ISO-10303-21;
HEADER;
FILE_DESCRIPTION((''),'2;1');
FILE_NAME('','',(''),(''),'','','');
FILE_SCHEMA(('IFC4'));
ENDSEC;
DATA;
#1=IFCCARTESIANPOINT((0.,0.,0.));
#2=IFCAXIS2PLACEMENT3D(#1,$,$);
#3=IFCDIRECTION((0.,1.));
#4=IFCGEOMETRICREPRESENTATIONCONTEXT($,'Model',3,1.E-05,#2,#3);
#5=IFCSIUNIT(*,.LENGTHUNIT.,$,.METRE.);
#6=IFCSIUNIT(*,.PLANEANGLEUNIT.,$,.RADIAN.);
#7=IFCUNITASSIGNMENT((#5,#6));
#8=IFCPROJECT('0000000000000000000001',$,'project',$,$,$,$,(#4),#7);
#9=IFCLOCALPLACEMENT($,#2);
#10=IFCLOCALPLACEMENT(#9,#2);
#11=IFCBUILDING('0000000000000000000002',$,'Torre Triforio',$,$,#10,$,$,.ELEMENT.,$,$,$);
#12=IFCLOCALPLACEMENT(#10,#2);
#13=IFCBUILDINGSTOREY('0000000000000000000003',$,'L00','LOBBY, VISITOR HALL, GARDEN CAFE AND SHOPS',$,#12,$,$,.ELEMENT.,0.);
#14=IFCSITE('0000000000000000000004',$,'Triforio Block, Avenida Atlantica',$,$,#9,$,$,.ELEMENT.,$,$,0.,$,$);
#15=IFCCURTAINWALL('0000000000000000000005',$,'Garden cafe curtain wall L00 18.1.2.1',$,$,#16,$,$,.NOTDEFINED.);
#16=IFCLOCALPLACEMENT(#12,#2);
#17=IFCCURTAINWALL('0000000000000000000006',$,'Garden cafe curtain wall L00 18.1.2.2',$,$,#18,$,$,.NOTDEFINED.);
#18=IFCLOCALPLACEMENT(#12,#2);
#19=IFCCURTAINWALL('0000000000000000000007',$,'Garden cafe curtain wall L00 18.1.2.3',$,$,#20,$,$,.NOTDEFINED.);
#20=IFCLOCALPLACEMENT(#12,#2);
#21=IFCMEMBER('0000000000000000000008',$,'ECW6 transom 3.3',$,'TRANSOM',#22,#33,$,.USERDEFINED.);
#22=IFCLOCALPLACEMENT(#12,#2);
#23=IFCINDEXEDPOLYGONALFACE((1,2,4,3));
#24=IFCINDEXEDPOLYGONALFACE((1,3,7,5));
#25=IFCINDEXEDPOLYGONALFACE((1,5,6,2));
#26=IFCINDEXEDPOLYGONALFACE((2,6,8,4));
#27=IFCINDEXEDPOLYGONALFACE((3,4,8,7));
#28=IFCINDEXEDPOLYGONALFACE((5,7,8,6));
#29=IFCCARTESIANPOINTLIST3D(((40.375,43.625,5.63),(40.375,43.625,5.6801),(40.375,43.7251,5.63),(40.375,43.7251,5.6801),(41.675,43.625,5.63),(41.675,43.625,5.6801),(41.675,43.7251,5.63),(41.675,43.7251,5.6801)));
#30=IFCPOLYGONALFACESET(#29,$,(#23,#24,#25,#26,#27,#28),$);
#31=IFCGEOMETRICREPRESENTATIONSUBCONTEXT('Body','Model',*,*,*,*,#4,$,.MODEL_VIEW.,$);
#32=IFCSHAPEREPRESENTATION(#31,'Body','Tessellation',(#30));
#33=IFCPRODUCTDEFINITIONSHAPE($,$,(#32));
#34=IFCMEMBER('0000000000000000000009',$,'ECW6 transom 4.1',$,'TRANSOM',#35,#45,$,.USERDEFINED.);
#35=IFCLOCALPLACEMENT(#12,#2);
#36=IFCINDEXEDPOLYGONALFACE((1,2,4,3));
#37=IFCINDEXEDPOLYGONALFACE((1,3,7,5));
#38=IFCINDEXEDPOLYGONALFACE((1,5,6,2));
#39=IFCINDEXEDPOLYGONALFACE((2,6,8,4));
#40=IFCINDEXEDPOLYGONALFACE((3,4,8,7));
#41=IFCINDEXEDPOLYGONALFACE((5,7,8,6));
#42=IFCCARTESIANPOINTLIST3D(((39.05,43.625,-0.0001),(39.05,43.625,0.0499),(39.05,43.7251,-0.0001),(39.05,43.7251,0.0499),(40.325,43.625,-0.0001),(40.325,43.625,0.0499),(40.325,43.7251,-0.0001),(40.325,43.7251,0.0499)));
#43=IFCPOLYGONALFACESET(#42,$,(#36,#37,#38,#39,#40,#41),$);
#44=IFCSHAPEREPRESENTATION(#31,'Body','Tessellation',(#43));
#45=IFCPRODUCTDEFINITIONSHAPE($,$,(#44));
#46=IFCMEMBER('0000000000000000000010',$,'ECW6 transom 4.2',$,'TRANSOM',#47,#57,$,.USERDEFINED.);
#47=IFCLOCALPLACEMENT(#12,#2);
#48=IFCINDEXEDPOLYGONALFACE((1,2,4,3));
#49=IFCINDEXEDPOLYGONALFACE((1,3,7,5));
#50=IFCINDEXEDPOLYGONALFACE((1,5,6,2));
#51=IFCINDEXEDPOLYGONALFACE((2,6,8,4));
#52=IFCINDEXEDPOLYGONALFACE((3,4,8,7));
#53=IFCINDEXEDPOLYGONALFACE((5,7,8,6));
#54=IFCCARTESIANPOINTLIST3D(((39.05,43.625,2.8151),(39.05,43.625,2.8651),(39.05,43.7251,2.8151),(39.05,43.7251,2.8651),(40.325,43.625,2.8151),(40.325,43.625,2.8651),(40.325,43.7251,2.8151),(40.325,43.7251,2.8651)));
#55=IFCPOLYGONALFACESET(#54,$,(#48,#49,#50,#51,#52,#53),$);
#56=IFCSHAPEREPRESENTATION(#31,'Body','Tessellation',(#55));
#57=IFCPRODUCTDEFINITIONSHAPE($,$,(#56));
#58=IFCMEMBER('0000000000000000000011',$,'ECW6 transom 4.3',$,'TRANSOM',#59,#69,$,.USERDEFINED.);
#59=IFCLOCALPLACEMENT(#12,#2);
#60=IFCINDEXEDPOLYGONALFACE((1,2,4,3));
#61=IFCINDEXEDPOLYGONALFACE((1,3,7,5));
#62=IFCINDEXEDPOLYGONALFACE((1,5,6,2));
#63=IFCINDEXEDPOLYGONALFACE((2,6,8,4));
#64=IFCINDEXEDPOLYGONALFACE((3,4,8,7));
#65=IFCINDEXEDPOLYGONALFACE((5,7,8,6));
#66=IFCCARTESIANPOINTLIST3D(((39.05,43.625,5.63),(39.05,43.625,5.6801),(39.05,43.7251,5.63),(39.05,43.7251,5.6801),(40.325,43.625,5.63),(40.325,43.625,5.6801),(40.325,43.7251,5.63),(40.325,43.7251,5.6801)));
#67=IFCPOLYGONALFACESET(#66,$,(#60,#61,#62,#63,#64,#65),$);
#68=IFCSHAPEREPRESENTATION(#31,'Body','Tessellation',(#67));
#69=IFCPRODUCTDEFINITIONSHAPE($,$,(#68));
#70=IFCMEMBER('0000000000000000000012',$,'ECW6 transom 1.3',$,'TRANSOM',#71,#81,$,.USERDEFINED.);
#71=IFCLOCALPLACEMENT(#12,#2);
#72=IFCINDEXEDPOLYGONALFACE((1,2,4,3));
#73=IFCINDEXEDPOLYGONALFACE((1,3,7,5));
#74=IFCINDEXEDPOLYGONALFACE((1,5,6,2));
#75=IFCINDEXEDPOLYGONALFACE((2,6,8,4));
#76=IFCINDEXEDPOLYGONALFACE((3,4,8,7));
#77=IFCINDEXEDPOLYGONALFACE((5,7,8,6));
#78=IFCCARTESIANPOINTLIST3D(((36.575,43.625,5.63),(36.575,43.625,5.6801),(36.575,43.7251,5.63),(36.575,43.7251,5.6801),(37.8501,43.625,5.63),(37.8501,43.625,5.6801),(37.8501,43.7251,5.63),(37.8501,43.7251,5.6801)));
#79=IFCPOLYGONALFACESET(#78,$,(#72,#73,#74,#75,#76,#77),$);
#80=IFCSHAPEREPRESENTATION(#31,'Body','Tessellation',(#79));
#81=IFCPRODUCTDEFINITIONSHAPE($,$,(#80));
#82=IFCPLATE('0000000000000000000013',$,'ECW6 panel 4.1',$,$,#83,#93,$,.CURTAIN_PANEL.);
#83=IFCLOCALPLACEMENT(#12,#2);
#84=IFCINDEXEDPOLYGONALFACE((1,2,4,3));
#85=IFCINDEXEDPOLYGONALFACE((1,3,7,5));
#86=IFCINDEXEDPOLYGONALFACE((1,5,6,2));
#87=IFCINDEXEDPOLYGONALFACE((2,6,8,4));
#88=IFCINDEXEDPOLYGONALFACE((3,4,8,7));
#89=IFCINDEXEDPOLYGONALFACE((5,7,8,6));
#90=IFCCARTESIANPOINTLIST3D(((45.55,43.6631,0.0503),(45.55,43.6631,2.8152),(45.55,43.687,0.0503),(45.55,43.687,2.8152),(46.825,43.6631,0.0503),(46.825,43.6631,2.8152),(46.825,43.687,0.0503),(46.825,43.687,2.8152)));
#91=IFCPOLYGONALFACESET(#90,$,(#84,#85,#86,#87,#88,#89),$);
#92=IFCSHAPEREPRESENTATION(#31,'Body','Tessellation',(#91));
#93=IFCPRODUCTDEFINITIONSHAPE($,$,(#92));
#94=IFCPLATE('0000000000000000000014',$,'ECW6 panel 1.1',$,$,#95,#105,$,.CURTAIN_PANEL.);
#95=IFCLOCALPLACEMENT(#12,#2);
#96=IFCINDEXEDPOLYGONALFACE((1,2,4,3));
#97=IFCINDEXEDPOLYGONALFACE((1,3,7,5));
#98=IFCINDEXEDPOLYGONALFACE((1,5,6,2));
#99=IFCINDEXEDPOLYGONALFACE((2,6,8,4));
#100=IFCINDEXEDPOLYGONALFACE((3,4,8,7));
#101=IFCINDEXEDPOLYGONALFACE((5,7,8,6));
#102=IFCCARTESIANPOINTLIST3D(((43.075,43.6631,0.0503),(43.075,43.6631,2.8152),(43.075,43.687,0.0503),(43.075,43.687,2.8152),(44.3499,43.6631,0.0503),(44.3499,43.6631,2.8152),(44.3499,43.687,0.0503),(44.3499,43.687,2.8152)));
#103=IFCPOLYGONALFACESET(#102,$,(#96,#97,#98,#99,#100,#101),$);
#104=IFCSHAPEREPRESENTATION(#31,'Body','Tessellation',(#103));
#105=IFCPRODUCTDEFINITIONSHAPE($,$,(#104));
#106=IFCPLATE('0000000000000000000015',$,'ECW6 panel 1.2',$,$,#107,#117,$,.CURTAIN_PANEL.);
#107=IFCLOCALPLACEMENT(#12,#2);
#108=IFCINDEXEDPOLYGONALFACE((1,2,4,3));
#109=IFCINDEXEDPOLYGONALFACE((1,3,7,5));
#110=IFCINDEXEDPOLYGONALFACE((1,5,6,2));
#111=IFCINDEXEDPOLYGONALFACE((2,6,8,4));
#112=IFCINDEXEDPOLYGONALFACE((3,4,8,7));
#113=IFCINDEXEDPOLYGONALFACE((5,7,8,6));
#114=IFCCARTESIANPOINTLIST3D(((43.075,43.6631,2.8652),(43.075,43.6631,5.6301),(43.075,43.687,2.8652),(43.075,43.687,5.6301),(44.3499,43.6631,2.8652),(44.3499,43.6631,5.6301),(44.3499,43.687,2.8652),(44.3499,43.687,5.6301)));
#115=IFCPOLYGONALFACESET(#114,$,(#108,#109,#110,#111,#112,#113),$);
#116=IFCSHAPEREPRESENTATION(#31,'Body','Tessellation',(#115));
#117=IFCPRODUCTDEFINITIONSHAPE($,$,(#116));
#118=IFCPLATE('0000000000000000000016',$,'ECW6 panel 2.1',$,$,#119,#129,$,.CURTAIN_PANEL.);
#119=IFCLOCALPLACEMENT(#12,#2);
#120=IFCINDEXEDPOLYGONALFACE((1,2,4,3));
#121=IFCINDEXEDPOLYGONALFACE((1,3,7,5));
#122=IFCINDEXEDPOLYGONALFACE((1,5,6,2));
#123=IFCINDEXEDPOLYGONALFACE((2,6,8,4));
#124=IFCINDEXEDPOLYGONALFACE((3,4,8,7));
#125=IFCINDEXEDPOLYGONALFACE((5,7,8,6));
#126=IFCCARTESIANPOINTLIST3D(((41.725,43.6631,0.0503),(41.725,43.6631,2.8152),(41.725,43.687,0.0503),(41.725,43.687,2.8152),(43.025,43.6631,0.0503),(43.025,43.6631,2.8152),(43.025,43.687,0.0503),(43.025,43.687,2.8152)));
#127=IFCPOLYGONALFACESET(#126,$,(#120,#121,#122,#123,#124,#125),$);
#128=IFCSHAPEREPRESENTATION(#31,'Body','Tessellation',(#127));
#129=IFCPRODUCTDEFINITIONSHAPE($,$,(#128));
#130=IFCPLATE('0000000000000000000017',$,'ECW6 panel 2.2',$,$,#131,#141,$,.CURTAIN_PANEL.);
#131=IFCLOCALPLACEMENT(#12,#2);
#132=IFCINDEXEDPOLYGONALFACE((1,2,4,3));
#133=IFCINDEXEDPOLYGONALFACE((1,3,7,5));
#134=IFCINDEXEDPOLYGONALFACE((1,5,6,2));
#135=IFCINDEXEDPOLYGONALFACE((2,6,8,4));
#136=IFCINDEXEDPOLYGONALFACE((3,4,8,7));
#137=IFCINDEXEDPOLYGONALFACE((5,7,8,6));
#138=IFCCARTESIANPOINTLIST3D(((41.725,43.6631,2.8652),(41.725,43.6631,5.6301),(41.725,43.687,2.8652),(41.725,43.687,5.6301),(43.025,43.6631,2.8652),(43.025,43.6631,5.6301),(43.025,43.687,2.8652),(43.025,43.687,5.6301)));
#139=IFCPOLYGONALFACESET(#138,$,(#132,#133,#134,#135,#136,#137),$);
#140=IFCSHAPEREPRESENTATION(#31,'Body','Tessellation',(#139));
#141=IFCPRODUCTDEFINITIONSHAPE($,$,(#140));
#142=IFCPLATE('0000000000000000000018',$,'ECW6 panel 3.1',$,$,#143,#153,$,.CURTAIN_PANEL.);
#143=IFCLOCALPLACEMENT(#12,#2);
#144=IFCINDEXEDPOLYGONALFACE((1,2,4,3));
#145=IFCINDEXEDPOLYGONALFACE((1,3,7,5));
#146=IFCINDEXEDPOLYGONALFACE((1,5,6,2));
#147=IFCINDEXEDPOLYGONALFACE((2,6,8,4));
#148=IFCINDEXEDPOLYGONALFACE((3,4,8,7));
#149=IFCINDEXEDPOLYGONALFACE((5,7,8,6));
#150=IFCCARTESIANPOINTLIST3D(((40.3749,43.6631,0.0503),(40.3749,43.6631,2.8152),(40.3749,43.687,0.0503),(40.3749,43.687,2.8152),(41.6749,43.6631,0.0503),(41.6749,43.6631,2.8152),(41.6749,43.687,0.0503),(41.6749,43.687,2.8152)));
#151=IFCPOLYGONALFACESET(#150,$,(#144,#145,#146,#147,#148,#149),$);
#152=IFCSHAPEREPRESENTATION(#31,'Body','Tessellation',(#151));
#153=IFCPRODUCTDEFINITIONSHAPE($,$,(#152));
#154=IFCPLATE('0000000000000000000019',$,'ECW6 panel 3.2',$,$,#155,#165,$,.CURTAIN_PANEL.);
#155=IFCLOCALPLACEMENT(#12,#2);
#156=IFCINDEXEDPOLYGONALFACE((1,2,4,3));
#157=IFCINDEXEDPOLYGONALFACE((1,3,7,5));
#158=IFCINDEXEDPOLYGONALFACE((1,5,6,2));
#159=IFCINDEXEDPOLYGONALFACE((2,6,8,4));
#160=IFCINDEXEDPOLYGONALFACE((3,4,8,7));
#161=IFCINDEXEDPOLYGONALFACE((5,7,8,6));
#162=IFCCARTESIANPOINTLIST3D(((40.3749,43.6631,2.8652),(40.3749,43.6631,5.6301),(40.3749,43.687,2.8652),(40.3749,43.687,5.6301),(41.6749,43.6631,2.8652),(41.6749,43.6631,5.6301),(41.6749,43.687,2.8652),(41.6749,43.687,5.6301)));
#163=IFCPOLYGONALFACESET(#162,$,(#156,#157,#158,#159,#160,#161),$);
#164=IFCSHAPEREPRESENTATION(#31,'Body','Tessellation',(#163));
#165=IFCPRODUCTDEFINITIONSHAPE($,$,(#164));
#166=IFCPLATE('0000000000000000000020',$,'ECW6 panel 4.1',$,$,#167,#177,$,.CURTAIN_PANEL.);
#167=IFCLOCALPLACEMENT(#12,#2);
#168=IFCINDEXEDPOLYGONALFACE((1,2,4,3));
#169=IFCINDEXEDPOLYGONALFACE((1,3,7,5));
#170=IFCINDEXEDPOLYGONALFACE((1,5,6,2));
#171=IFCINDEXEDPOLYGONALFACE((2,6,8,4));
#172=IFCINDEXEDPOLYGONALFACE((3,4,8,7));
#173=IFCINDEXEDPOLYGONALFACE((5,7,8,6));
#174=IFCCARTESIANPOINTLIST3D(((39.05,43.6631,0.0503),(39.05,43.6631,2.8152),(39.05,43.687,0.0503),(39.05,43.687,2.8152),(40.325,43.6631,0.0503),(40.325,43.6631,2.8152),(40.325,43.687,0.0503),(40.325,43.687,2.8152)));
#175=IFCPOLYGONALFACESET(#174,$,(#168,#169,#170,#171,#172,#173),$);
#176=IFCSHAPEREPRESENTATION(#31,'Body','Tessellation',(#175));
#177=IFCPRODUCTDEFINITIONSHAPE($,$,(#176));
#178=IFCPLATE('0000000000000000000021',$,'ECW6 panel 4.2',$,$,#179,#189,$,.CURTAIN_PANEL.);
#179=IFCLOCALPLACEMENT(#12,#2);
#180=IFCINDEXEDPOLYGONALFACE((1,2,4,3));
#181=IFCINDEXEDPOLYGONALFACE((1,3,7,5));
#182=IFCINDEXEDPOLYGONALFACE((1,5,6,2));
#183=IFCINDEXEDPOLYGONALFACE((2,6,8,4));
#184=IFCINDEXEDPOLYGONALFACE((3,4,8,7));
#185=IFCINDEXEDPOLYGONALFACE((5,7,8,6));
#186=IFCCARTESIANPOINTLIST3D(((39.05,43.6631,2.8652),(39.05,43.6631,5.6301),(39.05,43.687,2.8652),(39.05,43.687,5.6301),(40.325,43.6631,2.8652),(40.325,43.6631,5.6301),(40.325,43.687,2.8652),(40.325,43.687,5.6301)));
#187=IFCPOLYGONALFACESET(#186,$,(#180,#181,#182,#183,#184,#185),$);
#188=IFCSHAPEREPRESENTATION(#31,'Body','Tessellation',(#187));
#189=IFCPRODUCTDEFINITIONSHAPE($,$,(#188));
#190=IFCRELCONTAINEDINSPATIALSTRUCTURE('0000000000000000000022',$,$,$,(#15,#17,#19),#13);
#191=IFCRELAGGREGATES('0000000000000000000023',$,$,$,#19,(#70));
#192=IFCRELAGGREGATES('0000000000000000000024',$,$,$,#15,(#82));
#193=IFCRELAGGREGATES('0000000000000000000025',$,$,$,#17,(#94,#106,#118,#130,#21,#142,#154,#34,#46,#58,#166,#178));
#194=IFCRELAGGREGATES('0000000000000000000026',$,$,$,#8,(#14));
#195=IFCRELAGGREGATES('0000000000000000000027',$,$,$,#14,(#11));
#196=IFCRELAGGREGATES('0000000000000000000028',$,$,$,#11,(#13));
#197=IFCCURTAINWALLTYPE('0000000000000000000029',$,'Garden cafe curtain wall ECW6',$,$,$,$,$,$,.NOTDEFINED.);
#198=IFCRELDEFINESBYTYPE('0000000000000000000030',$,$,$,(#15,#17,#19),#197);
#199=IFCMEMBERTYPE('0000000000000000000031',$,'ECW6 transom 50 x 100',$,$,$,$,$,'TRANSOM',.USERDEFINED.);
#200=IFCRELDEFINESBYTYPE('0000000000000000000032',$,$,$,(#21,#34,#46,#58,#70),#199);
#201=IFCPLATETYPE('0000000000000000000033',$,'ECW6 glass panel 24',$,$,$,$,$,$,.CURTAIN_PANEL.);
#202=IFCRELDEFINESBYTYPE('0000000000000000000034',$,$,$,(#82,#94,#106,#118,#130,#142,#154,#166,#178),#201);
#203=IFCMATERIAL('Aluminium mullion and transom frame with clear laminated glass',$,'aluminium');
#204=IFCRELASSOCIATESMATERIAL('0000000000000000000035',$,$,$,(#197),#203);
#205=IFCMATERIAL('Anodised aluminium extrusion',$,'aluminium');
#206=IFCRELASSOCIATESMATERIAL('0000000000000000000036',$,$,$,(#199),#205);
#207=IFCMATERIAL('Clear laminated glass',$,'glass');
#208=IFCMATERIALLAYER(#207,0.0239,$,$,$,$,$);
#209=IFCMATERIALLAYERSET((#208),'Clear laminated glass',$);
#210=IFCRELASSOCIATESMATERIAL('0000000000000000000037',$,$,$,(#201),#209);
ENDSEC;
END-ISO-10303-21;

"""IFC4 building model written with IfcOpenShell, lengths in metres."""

from ifc_helpers import new_model, si_unit, direction, frame, origin, origin_2d, place, context, subcontext, project, spatial, rectangle, extrude, material, layer, layer_set, material_profile, profile_set, type_object, element, aggregate, save


model = new_model("IFC4")

# Units and contexts
model_context = context("Model", 3, precision=1e-05, world=origin(), true_north=direction((0.0, 1.0)))
body_context = subcontext(model_context, "Body", "Model", "MODEL_VIEW")
ifc_project = project(units=[si_unit("LENGTHUNIT", "METRE"), si_unit("PLANEANGLEUNIT", "RADIAN")], contexts=[model_context])

# Site, building, storey
site_placement = place(None, origin())
site = spatial("IfcSite", under=ifc_project, at=site_placement, Name="Triforio Block, Avenida Atlantica", CompositionType="ELEMENT", RefElevation=0.0)
building_placement = place(site_placement, origin())
building = spatial("IfcBuilding", under=site, at=building_placement, Name="Torre Triforio", CompositionType="ELEMENT")
storey_placement = place(building_placement, origin())
storey = spatial("IfcBuildingStorey", under=building, at=storey_placement, Name="L00", Description="LOBBY, VISITOR HALL, GARDEN CAFE AND SHOPS", CompositionType="ELEMENT", Elevation=0.0)

# Curtain wall
ifc_material_1 = material(Name="Aluminium mullion and transom frame with clear laminated glass", Category="aluminium")
curtain_wall_type = type_object("IfcCurtainWallType", Name="Garden cafe curtain wall ECW6", PredefinedType="NOTDEFINED", material=ifc_material_1)
curtain_wall_1_placement = place(storey_placement, origin())
curtain_wall_1 = element("IfcCurtainWall", 1, at=curtain_wall_1_placement, inside=storey, type_object=curtain_wall_type, Name="Garden cafe curtain wall L00 18.1.2.1", PredefinedType="NOTDEFINED")
ifc_material_2 = material(Name="Anodised aluminium extrusion", Category="aluminium")

# Curtain wall
curtain_wall_2_placement = place(storey_placement, origin())
curtain_wall_2 = element("IfcCurtainWall", 2, at=curtain_wall_2_placement, inside=storey, type_object=curtain_wall_type, Name="Garden cafe curtain wall L00 18.1.2.2", PredefinedType="NOTDEFINED")

# Curtain wall
curtain_wall_3_placement = place(storey_placement, origin())
curtain_wall_3 = element("IfcCurtainWall", 3, at=curtain_wall_3_placement, inside=storey, type_object=curtain_wall_type, Name="Garden cafe curtain wall L00 18.1.2.3", PredefinedType="NOTDEFINED")

# Members
ifc_material_profile_1 = material_profile(ifc_material_2, rectangle(XDim=0.1001, YDim=0.05, at=origin_2d()), Name="ECW6 TRANSOM 50x100")
ifc_profile_set_1 = profile_set([ifc_material_profile_1], Name="Anodised aluminium extrusion")
member_type_1 = type_object("IfcMemberType", Name="ECW6 transom 50 x 100", ElementType="TRANSOM", PredefinedType="USERDEFINED", material=ifc_profile_set_1)
member_1_placement = place(storey_placement, frame((41.675, 43.675, 5.655), z_axis=(-1.0, 0.0, 0.0), x_axis=(0.0, -1.0, 0.0)))
member_1 = element("IfcMember", 4, at=member_1_placement, type_object=member_type_1, Name="ECW6 transom 3.3", ObjectType="TRANSOM", PredefinedType="USERDEFINED", context=body_context, shape_type="SweptSolid", body=[
    extrude(rectangle(XDim=0.1001, YDim=0.05, at=origin_2d()), origin(), (0.0, 0.0, 1.0), 1.3),
])
member_2_placement = place(storey_placement, frame((40.325, 43.675, 0.0249), z_axis=(-1.0, 0.0, 0.0), x_axis=(0.0, -1.0, 0.0)))
member_2 = element("IfcMember", 5, at=member_2_placement, type_object=member_type_1, Name="ECW6 transom 4.1", ObjectType="TRANSOM", PredefinedType="USERDEFINED", context=body_context, shape_type="SweptSolid", body=[
    extrude(rectangle(XDim=0.1001, YDim=0.05, at=origin_2d()), origin(), (0.0, 0.0, 1.0), 1.2749),
])
member_3_placement = place(storey_placement, frame((40.325, 43.675, 2.8401), z_axis=(-1.0, 0.0, 0.0), x_axis=(0.0, -1.0, 0.0)))
member_3 = element("IfcMember", 6, at=member_3_placement, type_object=member_type_1, Name="ECW6 transom 4.2", ObjectType="TRANSOM", PredefinedType="USERDEFINED", context=body_context, shape_type="SweptSolid", body=[
    extrude(rectangle(XDim=0.1001, YDim=0.05, at=origin_2d()), origin(), (0.0, 0.0, 1.0), 1.2749),
])
member_4_placement = place(storey_placement, frame((40.325, 43.675, 5.655), z_axis=(-1.0, 0.0, 0.0), x_axis=(0.0, -1.0, 0.0)))
member_4 = element("IfcMember", 7, at=member_4_placement, type_object=member_type_1, Name="ECW6 transom 4.3", ObjectType="TRANSOM", PredefinedType="USERDEFINED", context=body_context, shape_type="SweptSolid", body=[
    extrude(rectangle(XDim=0.1001, YDim=0.05, at=origin_2d()), origin(), (0.0, 0.0, 1.0), 1.2749),
])
member_5_placement = place(storey_placement, frame((37.8501, 43.675, 5.655), z_axis=(-1.0, 0.0, 0.0), x_axis=(0.0, -1.0, 0.0)))
member_5 = element("IfcMember", 8, at=member_5_placement, type_object=member_type_1, Name="ECW6 transom 1.3", ObjectType="TRANSOM", PredefinedType="USERDEFINED", context=body_context, shape_type="SweptSolid", body=[
    extrude(rectangle(XDim=0.1001, YDim=0.05, at=origin_2d()), origin(), (0.0, 0.0, 1.0), 1.2751),
])
aggregate(curtain_wall_3, [member_5])

# Plates
ifc_material_3 = material(Name="Clear laminated glass", Category="glass")
ifc_layer_1 = layer(ifc_material_3, 0.0239)
ifc_layer_set_1 = layer_set([ifc_layer_1], Name="Clear laminated glass")
plate_type = type_object("IfcPlateType", Name="ECW6 glass panel 24", PredefinedType="CURTAIN_PANEL", material=ifc_layer_set_1)
plate_1_placement = place(storey_placement, frame((46.1875, 43.675, 0.0503), z_axis=(0.0, 0.0, 1.0), x_axis=(-1.0, 0.0, 0.0)))
plate_1 = element("IfcPlate", 9, at=plate_1_placement, type_object=plate_type, Name="ECW6 panel 4.1", PredefinedType="CURTAIN_PANEL", context=body_context, shape_type="SweptSolid", body=[
    extrude(rectangle(XDim=1.2749, YDim=0.0239, at=origin_2d()), origin(), (0.0, 0.0, 1.0), 2.7649),
])
aggregate(curtain_wall_1, [plate_1])
plate_2_placement = place(storey_placement, frame((43.7124, 43.675, 0.0503), z_axis=(0.0, 0.0, 1.0), x_axis=(-1.0, 0.0, 0.0)))
plate_2 = element("IfcPlate", 10, at=plate_2_placement, type_object=plate_type, Name="ECW6 panel 1.1", PredefinedType="CURTAIN_PANEL", context=body_context, shape_type="SweptSolid", body=[
    extrude(rectangle(XDim=1.2749, YDim=0.0239, at=origin_2d()), origin(), (0.0, 0.0, 1.0), 2.7649),
])
plate_3_placement = place(storey_placement, frame((43.7124, 43.675, 2.8652), z_axis=(0.0, 0.0, 1.0), x_axis=(-1.0, 0.0, 0.0)))
plate_3 = element("IfcPlate", 11, at=plate_3_placement, type_object=plate_type, Name="ECW6 panel 1.2", PredefinedType="CURTAIN_PANEL", context=body_context, shape_type="SweptSolid", body=[
    extrude(rectangle(XDim=1.2749, YDim=0.0239, at=origin_2d()), origin(), (0.0, 0.0, 1.0), 2.7649),
])
plate_4_placement = place(storey_placement, frame((42.375, 43.675, 0.0503), z_axis=(0.0, 0.0, 1.0), x_axis=(-1.0, 0.0, 0.0)))
plate_4 = element("IfcPlate", 12, at=plate_4_placement, type_object=plate_type, Name="ECW6 panel 2.1", PredefinedType="CURTAIN_PANEL", context=body_context, shape_type="SweptSolid", body=[
    extrude(rectangle(XDim=1.3, YDim=0.0239, at=origin_2d()), origin(), (0.0, 0.0, 1.0), 2.7649),
])
plate_5_placement = place(storey_placement, frame((42.375, 43.675, 2.8652), z_axis=(0.0, 0.0, 1.0), x_axis=(-1.0, 0.0, 0.0)))
plate_5 = element("IfcPlate", 13, at=plate_5_placement, type_object=plate_type, Name="ECW6 panel 2.2", PredefinedType="CURTAIN_PANEL", context=body_context, shape_type="SweptSolid", body=[
    extrude(rectangle(XDim=1.3, YDim=0.0239, at=origin_2d()), origin(), (0.0, 0.0, 1.0), 2.7649),
])
plate_6_placement = place(storey_placement, frame((41.0249, 43.675, 0.0503), z_axis=(0.0, 0.0, 1.0), x_axis=(-1.0, 0.0, 0.0)))
plate_6 = element("IfcPlate", 14, at=plate_6_placement, type_object=plate_type, Name="ECW6 panel 3.1", PredefinedType="CURTAIN_PANEL", context=body_context, shape_type="SweptSolid", body=[
    extrude(rectangle(XDim=1.3, YDim=0.0239, at=origin_2d()), origin(), (0.0, 0.0, 1.0), 2.7649),
])
plate_7_placement = place(storey_placement, frame((41.0249, 43.675, 2.8652), z_axis=(0.0, 0.0, 1.0), x_axis=(-1.0, 0.0, 0.0)))
plate_7 = element("IfcPlate", 15, at=plate_7_placement, type_object=plate_type, Name="ECW6 panel 3.2", PredefinedType="CURTAIN_PANEL", context=body_context, shape_type="SweptSolid", body=[
    extrude(rectangle(XDim=1.3, YDim=0.0239, at=origin_2d()), origin(), (0.0, 0.0, 1.0), 2.7649),
])
plate_8_placement = place(storey_placement, frame((39.6875, 43.675, 0.0503), z_axis=(0.0, 0.0, 1.0), x_axis=(-1.0, 0.0, 0.0)))
plate_8 = element("IfcPlate", 16, at=plate_8_placement, type_object=plate_type, Name="ECW6 panel 4.1", PredefinedType="CURTAIN_PANEL", context=body_context, shape_type="SweptSolid", body=[
    extrude(rectangle(XDim=1.2749, YDim=0.0239, at=origin_2d()), origin(), (0.0, 0.0, 1.0), 2.7649),
])
plate_9_placement = place(storey_placement, frame((39.6875, 43.675, 2.8652), z_axis=(0.0, 0.0, 1.0), x_axis=(-1.0, 0.0, 0.0)))
plate_9 = element("IfcPlate", 17, at=plate_9_placement, type_object=plate_type, Name="ECW6 panel 4.2", PredefinedType="CURTAIN_PANEL", context=body_context, shape_type="SweptSolid", body=[
    extrude(rectangle(XDim=1.2749, YDim=0.0239, at=origin_2d()), origin(), (0.0, 0.0, 1.0), 2.7649),
])
aggregate(curtain_wall_2, [plate_2, plate_3, plate_4, plate_5, member_1, plate_6, plate_7, member_2, member_3, member_4, plate_8, plate_9])

save(model, "model.ifc")
